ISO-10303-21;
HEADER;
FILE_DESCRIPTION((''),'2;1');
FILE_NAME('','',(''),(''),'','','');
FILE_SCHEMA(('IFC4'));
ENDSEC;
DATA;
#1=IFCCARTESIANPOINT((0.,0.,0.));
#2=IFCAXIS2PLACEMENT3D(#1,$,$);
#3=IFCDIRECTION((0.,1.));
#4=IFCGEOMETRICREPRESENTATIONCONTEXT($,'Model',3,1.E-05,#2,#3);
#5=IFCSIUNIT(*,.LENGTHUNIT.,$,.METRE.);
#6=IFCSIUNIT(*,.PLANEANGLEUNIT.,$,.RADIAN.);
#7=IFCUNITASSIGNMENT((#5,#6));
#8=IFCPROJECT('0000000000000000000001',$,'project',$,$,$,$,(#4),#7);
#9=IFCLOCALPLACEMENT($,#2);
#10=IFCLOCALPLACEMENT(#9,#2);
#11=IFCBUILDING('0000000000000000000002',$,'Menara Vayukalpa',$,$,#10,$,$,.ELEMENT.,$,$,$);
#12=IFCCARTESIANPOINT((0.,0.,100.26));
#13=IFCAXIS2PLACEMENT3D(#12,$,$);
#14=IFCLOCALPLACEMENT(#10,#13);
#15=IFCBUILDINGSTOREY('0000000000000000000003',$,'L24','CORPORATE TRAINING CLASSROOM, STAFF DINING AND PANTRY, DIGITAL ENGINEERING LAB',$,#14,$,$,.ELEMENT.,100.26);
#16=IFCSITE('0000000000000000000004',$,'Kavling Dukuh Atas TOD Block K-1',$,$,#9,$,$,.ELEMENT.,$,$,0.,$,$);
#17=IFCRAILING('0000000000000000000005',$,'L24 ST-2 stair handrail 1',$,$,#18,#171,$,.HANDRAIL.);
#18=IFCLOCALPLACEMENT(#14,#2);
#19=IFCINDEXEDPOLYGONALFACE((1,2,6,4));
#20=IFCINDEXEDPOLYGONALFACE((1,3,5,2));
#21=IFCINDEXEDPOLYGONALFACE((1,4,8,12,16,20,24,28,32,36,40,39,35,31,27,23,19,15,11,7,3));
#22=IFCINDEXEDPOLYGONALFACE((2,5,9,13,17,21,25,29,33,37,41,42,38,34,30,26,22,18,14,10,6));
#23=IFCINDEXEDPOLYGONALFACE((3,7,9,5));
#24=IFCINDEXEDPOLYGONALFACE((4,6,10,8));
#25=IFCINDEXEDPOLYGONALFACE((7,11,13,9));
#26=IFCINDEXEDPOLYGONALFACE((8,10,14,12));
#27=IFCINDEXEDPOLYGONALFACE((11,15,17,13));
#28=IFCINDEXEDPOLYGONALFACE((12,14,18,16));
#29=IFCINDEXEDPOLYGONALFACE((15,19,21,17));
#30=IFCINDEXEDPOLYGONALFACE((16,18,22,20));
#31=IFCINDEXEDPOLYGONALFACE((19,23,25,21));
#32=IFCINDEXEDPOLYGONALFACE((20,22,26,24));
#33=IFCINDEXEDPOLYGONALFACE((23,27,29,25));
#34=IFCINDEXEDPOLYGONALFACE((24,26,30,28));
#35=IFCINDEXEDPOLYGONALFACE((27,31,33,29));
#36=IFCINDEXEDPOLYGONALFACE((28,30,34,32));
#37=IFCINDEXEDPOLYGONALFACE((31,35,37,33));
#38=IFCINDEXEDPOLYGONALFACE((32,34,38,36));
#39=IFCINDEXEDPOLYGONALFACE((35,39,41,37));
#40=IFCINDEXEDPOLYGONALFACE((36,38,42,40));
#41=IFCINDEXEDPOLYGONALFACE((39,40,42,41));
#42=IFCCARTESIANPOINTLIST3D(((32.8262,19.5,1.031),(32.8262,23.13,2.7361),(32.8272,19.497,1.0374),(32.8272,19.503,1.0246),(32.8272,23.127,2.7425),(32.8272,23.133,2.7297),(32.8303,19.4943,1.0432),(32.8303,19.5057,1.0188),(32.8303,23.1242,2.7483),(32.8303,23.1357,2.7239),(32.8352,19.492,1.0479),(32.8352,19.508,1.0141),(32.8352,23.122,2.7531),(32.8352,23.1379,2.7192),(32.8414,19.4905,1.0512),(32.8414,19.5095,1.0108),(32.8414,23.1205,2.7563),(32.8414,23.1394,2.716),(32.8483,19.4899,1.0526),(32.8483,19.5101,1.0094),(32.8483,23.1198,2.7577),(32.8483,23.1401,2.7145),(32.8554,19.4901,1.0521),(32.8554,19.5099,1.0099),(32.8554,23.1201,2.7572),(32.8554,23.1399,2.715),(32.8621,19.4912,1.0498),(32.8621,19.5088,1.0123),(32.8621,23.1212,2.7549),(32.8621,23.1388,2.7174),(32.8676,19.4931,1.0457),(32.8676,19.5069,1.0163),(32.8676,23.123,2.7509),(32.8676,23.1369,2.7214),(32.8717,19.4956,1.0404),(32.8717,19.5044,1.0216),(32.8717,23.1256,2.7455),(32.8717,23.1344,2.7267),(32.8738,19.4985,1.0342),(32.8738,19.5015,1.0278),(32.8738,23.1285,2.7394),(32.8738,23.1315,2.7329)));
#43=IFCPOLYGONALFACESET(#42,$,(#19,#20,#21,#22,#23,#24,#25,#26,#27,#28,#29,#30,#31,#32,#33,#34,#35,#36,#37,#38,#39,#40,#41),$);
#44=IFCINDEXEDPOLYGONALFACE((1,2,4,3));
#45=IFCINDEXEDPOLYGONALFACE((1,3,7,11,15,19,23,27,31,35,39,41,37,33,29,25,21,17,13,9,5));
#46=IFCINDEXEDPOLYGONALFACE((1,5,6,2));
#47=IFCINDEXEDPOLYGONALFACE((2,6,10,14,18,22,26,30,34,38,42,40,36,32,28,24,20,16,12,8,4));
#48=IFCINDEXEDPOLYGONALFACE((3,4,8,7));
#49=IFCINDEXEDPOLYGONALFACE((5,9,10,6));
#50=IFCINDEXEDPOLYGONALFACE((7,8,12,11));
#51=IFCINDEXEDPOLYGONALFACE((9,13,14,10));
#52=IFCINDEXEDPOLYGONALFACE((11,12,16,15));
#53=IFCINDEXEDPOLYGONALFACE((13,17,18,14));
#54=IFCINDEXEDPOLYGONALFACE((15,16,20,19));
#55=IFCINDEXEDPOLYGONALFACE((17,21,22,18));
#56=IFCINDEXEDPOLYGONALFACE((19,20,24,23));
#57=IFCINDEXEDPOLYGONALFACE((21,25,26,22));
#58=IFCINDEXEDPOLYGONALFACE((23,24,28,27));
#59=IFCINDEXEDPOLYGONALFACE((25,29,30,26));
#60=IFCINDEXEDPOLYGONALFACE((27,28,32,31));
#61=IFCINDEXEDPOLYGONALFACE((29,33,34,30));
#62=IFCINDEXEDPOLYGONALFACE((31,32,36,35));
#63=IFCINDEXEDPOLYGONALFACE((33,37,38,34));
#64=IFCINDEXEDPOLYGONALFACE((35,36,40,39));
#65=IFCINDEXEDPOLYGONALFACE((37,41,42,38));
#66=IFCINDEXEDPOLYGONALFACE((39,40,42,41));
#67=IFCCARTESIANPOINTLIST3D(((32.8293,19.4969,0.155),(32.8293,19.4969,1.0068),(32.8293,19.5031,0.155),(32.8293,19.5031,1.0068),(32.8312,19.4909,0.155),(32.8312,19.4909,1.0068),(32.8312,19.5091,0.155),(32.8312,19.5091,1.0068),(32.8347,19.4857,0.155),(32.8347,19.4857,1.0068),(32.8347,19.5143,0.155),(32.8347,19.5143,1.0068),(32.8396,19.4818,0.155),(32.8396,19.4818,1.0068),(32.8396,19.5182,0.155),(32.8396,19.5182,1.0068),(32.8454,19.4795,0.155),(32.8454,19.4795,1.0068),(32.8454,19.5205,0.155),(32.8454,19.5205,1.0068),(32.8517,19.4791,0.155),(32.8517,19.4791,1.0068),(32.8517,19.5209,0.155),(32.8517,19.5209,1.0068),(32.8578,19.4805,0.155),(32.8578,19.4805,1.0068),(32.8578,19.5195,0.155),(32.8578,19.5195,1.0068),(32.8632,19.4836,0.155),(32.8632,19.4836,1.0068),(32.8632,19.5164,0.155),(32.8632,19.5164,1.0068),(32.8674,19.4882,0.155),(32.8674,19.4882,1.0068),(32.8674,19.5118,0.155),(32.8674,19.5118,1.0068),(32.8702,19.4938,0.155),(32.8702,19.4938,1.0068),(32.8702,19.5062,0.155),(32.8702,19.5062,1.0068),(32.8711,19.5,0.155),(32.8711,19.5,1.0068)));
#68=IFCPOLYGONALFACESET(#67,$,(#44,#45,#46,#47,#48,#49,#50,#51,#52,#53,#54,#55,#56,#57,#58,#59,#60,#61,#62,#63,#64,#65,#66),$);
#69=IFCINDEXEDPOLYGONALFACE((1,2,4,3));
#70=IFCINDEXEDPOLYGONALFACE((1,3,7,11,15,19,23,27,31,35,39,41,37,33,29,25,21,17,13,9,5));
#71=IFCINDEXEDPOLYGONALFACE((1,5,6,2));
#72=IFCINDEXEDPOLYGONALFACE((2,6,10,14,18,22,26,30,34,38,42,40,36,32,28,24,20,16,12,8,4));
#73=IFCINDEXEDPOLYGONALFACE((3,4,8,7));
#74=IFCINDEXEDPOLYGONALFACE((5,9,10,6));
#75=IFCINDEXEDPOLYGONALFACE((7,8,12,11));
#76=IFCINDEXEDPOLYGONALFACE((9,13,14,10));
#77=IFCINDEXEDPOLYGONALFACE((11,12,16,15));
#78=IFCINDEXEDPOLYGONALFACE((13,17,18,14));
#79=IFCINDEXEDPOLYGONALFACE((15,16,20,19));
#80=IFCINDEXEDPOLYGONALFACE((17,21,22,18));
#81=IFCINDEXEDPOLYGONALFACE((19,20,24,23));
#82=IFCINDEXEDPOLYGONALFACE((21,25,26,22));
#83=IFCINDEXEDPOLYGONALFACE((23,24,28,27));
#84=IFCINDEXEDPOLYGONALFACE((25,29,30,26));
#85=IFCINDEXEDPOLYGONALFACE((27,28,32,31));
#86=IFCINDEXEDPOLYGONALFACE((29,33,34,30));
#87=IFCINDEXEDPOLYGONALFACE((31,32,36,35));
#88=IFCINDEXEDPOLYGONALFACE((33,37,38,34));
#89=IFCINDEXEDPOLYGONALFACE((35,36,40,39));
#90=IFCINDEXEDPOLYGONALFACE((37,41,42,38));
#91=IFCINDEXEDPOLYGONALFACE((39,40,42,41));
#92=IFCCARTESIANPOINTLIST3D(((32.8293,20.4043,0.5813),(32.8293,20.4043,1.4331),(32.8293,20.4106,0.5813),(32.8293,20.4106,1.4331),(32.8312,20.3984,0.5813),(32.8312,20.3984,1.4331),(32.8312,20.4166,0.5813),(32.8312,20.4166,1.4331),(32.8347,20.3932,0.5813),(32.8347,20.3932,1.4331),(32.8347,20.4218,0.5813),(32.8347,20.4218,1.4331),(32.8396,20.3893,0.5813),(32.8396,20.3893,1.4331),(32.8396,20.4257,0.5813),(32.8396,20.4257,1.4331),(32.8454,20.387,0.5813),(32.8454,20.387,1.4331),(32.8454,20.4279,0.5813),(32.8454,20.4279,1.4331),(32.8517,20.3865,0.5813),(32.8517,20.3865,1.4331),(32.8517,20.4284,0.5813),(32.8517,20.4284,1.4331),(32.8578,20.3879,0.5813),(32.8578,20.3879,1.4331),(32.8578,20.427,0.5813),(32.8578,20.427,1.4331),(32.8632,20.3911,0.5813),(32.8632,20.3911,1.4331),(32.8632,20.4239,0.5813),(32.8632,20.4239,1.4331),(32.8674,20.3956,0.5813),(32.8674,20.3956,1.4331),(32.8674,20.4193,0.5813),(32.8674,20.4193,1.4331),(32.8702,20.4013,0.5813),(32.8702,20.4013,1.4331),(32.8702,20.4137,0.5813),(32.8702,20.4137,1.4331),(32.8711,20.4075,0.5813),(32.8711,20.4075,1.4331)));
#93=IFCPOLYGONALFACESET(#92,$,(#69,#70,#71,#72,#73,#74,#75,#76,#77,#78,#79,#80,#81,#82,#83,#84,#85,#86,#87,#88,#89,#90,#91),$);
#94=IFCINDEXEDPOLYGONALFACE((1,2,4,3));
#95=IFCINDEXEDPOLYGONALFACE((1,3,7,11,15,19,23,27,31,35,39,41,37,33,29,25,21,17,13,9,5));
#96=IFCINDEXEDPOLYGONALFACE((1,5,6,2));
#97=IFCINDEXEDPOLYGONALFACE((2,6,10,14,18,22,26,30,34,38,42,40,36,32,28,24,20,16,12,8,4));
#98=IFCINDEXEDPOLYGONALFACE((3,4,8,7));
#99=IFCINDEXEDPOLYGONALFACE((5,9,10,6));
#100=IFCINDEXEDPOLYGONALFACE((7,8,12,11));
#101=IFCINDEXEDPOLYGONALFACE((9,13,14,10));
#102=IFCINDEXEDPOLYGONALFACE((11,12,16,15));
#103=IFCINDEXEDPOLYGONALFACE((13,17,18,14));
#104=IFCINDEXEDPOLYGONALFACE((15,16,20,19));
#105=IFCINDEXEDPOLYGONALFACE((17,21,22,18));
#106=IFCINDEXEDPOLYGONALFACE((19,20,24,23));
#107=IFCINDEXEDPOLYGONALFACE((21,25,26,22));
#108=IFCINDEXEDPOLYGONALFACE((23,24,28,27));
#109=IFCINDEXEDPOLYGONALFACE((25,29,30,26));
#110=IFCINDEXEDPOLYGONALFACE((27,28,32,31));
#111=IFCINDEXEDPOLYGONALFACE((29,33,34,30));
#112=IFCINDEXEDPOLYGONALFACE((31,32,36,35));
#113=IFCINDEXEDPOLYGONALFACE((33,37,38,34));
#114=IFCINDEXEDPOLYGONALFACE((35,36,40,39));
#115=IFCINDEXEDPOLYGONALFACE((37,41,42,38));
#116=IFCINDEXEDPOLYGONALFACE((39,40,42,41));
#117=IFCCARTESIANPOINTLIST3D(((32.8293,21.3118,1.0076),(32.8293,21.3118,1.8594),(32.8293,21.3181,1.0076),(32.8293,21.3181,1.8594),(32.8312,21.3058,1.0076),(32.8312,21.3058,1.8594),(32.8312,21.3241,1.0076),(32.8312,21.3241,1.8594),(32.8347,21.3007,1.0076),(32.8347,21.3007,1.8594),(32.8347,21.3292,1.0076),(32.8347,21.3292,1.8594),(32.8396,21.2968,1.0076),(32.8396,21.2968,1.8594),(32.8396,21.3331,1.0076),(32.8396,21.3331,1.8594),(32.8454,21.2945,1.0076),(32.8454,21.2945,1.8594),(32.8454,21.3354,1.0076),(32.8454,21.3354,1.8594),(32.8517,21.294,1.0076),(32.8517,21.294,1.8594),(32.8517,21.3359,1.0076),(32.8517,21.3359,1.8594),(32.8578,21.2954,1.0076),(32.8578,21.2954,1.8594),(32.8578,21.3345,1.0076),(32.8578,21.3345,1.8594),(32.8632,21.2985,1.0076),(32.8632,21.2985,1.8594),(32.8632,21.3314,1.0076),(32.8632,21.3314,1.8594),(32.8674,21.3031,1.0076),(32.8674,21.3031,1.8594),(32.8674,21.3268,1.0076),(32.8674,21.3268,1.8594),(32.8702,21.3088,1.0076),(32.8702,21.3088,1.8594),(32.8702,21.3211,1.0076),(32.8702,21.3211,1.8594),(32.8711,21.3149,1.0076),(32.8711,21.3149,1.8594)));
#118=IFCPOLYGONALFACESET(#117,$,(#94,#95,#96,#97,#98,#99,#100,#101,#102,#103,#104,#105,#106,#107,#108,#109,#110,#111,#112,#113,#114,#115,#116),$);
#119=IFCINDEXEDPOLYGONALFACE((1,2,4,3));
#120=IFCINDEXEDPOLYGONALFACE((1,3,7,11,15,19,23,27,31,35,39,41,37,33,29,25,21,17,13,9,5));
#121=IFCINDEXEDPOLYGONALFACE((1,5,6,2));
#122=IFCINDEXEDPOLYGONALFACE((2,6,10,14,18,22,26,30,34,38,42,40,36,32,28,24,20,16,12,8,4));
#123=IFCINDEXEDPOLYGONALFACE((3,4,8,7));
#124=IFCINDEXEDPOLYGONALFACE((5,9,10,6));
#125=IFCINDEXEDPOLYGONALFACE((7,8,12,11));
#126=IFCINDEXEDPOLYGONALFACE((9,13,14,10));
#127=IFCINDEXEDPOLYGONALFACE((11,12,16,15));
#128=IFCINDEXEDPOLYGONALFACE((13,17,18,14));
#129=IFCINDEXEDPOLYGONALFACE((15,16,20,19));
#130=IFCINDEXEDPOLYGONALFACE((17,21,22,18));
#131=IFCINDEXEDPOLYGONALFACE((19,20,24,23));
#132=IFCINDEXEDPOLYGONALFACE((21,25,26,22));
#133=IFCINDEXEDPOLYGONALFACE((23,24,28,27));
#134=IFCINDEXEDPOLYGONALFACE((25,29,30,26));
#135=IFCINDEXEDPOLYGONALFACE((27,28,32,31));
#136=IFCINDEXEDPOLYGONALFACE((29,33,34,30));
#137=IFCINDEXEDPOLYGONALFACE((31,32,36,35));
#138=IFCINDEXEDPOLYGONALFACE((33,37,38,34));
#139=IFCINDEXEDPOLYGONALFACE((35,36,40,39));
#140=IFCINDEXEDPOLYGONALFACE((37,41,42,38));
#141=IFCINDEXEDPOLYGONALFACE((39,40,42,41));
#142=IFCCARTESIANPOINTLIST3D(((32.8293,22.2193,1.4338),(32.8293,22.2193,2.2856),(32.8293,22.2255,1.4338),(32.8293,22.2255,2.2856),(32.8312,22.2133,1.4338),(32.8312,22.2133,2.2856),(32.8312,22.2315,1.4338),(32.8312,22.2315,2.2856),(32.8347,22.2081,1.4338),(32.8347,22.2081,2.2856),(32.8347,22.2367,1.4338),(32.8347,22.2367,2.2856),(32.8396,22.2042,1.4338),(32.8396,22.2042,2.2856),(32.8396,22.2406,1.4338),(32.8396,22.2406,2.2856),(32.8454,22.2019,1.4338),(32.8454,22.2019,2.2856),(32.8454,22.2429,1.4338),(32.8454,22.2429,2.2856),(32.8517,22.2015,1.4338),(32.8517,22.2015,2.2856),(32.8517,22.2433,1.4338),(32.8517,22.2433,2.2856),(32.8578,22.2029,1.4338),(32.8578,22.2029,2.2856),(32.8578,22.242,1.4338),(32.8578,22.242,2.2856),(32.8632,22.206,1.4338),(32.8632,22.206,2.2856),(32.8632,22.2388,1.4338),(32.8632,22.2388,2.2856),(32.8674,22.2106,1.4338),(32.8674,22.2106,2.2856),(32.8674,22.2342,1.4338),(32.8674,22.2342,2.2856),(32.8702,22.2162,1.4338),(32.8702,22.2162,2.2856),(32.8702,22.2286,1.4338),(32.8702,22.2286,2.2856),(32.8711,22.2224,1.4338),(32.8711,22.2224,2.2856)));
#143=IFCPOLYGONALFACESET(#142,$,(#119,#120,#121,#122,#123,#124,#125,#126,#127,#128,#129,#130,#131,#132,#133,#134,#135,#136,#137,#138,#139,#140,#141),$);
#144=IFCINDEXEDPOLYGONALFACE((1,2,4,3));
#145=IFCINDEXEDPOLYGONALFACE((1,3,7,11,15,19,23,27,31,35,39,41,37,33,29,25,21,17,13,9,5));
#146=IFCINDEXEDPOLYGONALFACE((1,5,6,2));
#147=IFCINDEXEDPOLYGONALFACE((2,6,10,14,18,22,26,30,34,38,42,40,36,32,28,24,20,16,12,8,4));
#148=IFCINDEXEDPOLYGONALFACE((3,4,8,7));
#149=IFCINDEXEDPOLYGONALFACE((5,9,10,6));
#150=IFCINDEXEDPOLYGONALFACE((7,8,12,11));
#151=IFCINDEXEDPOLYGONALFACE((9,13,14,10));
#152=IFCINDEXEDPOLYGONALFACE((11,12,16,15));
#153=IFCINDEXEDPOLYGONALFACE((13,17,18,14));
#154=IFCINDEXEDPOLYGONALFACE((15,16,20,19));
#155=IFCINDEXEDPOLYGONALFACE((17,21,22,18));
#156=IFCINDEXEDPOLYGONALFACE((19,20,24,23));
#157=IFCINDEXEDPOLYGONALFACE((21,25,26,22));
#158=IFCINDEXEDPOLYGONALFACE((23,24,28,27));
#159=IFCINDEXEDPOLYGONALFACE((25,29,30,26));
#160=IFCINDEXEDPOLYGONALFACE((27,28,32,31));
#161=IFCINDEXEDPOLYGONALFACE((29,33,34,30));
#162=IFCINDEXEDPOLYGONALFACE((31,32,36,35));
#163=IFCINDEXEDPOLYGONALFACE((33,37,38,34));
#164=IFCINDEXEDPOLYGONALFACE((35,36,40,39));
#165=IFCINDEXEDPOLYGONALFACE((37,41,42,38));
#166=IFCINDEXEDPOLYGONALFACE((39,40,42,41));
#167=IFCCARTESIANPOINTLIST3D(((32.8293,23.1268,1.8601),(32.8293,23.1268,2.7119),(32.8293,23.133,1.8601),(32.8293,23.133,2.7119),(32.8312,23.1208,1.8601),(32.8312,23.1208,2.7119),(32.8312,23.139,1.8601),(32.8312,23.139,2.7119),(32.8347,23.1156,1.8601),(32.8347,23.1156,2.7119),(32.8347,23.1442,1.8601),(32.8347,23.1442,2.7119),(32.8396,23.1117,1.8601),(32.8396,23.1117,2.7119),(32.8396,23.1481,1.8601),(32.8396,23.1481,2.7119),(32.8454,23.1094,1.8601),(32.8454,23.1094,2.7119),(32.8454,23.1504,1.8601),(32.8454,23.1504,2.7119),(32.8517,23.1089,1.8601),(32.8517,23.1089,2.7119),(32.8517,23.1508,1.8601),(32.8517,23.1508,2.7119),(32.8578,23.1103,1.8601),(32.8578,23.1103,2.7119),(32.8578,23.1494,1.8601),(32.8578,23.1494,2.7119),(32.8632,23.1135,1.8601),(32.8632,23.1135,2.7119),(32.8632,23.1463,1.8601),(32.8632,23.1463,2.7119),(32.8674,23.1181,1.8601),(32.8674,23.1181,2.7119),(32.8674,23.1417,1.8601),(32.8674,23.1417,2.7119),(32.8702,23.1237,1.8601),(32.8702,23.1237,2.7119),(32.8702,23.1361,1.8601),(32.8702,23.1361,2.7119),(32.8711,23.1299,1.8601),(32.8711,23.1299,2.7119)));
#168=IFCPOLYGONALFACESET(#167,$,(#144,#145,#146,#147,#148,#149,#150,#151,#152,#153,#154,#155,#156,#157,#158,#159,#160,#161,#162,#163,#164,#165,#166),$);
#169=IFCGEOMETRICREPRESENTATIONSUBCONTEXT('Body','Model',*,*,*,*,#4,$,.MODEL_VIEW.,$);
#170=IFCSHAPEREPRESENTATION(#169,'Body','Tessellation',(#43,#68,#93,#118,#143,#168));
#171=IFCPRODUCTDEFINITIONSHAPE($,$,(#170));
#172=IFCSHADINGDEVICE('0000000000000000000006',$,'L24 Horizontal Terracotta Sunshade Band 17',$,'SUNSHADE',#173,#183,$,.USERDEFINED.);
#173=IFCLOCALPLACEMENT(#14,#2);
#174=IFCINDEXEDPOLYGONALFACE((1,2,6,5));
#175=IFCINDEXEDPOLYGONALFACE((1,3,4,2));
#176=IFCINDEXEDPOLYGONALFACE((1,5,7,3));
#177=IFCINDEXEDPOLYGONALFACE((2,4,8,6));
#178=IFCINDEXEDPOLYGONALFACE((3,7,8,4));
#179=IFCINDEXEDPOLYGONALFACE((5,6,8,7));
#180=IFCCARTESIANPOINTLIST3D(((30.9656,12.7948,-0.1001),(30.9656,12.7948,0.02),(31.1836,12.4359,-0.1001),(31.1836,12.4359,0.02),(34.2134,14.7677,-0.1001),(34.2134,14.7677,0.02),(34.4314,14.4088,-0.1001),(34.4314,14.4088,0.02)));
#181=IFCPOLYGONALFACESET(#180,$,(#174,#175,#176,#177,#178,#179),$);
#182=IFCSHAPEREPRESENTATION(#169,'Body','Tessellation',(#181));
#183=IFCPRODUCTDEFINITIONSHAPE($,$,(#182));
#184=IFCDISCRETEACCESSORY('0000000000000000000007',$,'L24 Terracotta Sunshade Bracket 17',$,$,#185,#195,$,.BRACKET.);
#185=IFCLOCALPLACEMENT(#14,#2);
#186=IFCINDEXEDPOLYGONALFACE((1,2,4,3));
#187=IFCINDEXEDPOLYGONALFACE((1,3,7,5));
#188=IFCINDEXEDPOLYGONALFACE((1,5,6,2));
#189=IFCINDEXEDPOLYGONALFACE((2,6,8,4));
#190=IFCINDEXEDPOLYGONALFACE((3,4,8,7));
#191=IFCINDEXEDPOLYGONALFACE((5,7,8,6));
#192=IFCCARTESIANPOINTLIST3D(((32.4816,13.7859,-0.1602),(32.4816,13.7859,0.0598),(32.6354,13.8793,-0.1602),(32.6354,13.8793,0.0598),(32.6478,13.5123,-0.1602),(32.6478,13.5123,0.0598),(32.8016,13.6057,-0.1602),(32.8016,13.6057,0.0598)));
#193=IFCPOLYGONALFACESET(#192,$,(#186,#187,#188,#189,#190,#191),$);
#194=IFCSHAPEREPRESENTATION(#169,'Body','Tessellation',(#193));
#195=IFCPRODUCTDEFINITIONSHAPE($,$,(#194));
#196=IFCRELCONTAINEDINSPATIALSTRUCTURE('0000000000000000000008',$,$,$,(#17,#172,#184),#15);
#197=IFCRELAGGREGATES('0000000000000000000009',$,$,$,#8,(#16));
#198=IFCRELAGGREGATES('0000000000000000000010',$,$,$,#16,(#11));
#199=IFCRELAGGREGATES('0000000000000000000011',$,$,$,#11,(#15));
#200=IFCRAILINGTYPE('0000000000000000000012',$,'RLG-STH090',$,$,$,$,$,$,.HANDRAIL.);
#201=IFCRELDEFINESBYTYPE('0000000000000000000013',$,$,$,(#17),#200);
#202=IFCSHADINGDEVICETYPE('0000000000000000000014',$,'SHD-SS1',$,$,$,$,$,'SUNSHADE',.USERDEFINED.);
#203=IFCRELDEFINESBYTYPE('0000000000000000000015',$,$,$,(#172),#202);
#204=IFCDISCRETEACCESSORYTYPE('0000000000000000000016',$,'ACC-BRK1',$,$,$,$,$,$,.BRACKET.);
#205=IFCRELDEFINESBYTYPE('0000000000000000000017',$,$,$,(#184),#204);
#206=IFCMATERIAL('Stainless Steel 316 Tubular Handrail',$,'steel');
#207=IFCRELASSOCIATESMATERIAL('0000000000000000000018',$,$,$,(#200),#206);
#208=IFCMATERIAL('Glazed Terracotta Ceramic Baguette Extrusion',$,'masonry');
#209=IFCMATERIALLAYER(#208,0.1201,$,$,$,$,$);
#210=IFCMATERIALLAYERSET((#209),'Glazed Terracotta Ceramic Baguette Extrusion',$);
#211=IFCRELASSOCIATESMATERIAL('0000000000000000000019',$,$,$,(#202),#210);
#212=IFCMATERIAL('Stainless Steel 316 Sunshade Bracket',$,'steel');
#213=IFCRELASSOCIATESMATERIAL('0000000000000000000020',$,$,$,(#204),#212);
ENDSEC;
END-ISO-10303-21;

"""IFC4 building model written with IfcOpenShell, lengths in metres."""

from ifc_helpers import new_model, si_unit, direction, frame, origin, origin_2d, place, context, subcontext, project, spatial, rectangle, circle, extrude, material, layer, layer_set, type_object, element, save


model = new_model("IFC4")

# Units and contexts
model_context = context("Model", 3, precision=1e-05, world=origin(), true_north=direction((0.0, 1.0)))
body_context = subcontext(model_context, "Body", "Model", "MODEL_VIEW")
ifc_project = project(units=[si_unit("LENGTHUNIT", "METRE"), si_unit("PLANEANGLEUNIT", "RADIAN")], contexts=[model_context])

# Site, building, storey
site_placement = place(None, origin())
site = spatial("IfcSite", under=ifc_project, at=site_placement, Name="Kavling Dukuh Atas TOD Block K-1", CompositionType="ELEMENT", RefElevation=0.0)
building_placement = place(site_placement, origin())
building = spatial("IfcBuilding", under=site, at=building_placement, Name="Menara Vayukalpa", CompositionType="ELEMENT")
storey_placement = place(building_placement, frame((0.0, 0.0, 100.26)))
storey = spatial("IfcBuildingStorey", under=building, at=storey_placement, Name="L24", Description="CORPORATE TRAINING CLASSROOM, STAFF DINING AND PANTRY, DIGITAL ENGINEERING LAB", CompositionType="ELEMENT", Elevation=100.26)

# Railing
ifc_material_1 = material(Name="Stainless Steel 316 Tubular Handrail", Category="steel")
railing_type_1 = type_object("IfcRailingType", Name="RLG-STH090", PredefinedType="HANDRAIL", material=ifc_material_1)
railing_1_placement = place(storey_placement, frame((32.8501, 19.5, 0.155)))
element("IfcRailing", 1, at=railing_1_placement, inside=storey, type_object=railing_type_1, Name="L24 ST-2 stair handrail 1", PredefinedType="HANDRAIL", context=body_context, shape_type="SweptSolid", body=[
    extrude(circle(Radius=0.0239, at=origin_2d()), frame((0.0, 0.0, 0.876), z_axis=(0.0, 0.905116, 0.425164), x_axis=(-1.0, 0.0, 0.0)), (0.0, 0.0, 1.0), 4.0105),
    extrude(circle(Radius=0.021, at=origin_2d()), origin(), (0.0, 0.0, 1.0), 0.8518),
    extrude(circle(Radius=0.021, at=origin_2d()), frame((0.0, 0.9075, 0.4263)), (0.0, 0.0, 1.0), 0.8518),
    extrude(circle(Radius=0.021, at=origin_2d()), frame((0.0, 1.8149, 0.8525)), (0.0, 0.0, 1.0), 0.8518),
    extrude(circle(Radius=0.021, at=origin_2d()), frame((0.0, 2.7224, 1.2788)), (0.0, 0.0, 1.0), 0.8518),
    extrude(circle(Radius=0.021, at=origin_2d()), frame((0.0, 3.6299, 1.7051)), (0.0, 0.0, 1.0), 0.8518),
])

# Shading device
ifc_material_2 = material(Name="Glazed Terracotta Ceramic Baguette Extrusion", Category="masonry")
ifc_layer_1 = layer(ifc_material_2, 0.1201)
ifc_layer_set_1 = layer_set([ifc_layer_1], Name="Glazed Terracotta Ceramic Baguette Extrusion")
shading_device_type = type_object("IfcShadingDeviceType", Name="SHD-SS1", ElementType="SUNSHADE", PredefinedType="USERDEFINED", material=ifc_layer_set_1)
shading_device_placement = place(storey_placement, frame((32.6985, 13.6018, -0.1001), z_axis=(0.0, 0.0, 1.0), x_axis=(0.854667, 0.519176, 0.0)))
element("IfcShadingDevice", 2, at=shading_device_placement, inside=storey, type_object=shading_device_type, Name="L24 Horizontal Terracotta Sunshade Band 17", ObjectType="SUNSHADE", PredefinedType="USERDEFINED", context=body_context, shape_type="SweptSolid", body=[
    extrude(rectangle(XDim=3.8, YDim=0.4199, at=origin_2d()), origin(), (0.0, 0.0, 1.0), 0.1201),
])

# Discrete accessory
ifc_material_3 = material(Name="Stainless Steel 316 Sunshade Bracket", Category="steel")
discrete_accessory_type = type_object("IfcDiscreteAccessoryType", Name="ACC-BRK1", PredefinedType="BRACKET", material=ifc_material_3)
discrete_accessory_placement = place(storey_placement, frame((32.6416, 13.6958, -0.1602), z_axis=(0.0, 0.0, 1.0), x_axis=(0.854667, 0.519176, 0.0)))
element("IfcDiscreteAccessory", 3, at=discrete_accessory_placement, inside=storey, type_object=discrete_accessory_type, Name="L24 Terracotta Sunshade Bracket 17", PredefinedType="BRACKET", context=body_context, shape_type="SweptSolid", body=[
    extrude(rectangle(XDim=0.1799, YDim=0.3201, at=origin_2d()), origin(), (0.0, 0.0, 1.0), 0.22),
])

save(model, "model.ifc")
